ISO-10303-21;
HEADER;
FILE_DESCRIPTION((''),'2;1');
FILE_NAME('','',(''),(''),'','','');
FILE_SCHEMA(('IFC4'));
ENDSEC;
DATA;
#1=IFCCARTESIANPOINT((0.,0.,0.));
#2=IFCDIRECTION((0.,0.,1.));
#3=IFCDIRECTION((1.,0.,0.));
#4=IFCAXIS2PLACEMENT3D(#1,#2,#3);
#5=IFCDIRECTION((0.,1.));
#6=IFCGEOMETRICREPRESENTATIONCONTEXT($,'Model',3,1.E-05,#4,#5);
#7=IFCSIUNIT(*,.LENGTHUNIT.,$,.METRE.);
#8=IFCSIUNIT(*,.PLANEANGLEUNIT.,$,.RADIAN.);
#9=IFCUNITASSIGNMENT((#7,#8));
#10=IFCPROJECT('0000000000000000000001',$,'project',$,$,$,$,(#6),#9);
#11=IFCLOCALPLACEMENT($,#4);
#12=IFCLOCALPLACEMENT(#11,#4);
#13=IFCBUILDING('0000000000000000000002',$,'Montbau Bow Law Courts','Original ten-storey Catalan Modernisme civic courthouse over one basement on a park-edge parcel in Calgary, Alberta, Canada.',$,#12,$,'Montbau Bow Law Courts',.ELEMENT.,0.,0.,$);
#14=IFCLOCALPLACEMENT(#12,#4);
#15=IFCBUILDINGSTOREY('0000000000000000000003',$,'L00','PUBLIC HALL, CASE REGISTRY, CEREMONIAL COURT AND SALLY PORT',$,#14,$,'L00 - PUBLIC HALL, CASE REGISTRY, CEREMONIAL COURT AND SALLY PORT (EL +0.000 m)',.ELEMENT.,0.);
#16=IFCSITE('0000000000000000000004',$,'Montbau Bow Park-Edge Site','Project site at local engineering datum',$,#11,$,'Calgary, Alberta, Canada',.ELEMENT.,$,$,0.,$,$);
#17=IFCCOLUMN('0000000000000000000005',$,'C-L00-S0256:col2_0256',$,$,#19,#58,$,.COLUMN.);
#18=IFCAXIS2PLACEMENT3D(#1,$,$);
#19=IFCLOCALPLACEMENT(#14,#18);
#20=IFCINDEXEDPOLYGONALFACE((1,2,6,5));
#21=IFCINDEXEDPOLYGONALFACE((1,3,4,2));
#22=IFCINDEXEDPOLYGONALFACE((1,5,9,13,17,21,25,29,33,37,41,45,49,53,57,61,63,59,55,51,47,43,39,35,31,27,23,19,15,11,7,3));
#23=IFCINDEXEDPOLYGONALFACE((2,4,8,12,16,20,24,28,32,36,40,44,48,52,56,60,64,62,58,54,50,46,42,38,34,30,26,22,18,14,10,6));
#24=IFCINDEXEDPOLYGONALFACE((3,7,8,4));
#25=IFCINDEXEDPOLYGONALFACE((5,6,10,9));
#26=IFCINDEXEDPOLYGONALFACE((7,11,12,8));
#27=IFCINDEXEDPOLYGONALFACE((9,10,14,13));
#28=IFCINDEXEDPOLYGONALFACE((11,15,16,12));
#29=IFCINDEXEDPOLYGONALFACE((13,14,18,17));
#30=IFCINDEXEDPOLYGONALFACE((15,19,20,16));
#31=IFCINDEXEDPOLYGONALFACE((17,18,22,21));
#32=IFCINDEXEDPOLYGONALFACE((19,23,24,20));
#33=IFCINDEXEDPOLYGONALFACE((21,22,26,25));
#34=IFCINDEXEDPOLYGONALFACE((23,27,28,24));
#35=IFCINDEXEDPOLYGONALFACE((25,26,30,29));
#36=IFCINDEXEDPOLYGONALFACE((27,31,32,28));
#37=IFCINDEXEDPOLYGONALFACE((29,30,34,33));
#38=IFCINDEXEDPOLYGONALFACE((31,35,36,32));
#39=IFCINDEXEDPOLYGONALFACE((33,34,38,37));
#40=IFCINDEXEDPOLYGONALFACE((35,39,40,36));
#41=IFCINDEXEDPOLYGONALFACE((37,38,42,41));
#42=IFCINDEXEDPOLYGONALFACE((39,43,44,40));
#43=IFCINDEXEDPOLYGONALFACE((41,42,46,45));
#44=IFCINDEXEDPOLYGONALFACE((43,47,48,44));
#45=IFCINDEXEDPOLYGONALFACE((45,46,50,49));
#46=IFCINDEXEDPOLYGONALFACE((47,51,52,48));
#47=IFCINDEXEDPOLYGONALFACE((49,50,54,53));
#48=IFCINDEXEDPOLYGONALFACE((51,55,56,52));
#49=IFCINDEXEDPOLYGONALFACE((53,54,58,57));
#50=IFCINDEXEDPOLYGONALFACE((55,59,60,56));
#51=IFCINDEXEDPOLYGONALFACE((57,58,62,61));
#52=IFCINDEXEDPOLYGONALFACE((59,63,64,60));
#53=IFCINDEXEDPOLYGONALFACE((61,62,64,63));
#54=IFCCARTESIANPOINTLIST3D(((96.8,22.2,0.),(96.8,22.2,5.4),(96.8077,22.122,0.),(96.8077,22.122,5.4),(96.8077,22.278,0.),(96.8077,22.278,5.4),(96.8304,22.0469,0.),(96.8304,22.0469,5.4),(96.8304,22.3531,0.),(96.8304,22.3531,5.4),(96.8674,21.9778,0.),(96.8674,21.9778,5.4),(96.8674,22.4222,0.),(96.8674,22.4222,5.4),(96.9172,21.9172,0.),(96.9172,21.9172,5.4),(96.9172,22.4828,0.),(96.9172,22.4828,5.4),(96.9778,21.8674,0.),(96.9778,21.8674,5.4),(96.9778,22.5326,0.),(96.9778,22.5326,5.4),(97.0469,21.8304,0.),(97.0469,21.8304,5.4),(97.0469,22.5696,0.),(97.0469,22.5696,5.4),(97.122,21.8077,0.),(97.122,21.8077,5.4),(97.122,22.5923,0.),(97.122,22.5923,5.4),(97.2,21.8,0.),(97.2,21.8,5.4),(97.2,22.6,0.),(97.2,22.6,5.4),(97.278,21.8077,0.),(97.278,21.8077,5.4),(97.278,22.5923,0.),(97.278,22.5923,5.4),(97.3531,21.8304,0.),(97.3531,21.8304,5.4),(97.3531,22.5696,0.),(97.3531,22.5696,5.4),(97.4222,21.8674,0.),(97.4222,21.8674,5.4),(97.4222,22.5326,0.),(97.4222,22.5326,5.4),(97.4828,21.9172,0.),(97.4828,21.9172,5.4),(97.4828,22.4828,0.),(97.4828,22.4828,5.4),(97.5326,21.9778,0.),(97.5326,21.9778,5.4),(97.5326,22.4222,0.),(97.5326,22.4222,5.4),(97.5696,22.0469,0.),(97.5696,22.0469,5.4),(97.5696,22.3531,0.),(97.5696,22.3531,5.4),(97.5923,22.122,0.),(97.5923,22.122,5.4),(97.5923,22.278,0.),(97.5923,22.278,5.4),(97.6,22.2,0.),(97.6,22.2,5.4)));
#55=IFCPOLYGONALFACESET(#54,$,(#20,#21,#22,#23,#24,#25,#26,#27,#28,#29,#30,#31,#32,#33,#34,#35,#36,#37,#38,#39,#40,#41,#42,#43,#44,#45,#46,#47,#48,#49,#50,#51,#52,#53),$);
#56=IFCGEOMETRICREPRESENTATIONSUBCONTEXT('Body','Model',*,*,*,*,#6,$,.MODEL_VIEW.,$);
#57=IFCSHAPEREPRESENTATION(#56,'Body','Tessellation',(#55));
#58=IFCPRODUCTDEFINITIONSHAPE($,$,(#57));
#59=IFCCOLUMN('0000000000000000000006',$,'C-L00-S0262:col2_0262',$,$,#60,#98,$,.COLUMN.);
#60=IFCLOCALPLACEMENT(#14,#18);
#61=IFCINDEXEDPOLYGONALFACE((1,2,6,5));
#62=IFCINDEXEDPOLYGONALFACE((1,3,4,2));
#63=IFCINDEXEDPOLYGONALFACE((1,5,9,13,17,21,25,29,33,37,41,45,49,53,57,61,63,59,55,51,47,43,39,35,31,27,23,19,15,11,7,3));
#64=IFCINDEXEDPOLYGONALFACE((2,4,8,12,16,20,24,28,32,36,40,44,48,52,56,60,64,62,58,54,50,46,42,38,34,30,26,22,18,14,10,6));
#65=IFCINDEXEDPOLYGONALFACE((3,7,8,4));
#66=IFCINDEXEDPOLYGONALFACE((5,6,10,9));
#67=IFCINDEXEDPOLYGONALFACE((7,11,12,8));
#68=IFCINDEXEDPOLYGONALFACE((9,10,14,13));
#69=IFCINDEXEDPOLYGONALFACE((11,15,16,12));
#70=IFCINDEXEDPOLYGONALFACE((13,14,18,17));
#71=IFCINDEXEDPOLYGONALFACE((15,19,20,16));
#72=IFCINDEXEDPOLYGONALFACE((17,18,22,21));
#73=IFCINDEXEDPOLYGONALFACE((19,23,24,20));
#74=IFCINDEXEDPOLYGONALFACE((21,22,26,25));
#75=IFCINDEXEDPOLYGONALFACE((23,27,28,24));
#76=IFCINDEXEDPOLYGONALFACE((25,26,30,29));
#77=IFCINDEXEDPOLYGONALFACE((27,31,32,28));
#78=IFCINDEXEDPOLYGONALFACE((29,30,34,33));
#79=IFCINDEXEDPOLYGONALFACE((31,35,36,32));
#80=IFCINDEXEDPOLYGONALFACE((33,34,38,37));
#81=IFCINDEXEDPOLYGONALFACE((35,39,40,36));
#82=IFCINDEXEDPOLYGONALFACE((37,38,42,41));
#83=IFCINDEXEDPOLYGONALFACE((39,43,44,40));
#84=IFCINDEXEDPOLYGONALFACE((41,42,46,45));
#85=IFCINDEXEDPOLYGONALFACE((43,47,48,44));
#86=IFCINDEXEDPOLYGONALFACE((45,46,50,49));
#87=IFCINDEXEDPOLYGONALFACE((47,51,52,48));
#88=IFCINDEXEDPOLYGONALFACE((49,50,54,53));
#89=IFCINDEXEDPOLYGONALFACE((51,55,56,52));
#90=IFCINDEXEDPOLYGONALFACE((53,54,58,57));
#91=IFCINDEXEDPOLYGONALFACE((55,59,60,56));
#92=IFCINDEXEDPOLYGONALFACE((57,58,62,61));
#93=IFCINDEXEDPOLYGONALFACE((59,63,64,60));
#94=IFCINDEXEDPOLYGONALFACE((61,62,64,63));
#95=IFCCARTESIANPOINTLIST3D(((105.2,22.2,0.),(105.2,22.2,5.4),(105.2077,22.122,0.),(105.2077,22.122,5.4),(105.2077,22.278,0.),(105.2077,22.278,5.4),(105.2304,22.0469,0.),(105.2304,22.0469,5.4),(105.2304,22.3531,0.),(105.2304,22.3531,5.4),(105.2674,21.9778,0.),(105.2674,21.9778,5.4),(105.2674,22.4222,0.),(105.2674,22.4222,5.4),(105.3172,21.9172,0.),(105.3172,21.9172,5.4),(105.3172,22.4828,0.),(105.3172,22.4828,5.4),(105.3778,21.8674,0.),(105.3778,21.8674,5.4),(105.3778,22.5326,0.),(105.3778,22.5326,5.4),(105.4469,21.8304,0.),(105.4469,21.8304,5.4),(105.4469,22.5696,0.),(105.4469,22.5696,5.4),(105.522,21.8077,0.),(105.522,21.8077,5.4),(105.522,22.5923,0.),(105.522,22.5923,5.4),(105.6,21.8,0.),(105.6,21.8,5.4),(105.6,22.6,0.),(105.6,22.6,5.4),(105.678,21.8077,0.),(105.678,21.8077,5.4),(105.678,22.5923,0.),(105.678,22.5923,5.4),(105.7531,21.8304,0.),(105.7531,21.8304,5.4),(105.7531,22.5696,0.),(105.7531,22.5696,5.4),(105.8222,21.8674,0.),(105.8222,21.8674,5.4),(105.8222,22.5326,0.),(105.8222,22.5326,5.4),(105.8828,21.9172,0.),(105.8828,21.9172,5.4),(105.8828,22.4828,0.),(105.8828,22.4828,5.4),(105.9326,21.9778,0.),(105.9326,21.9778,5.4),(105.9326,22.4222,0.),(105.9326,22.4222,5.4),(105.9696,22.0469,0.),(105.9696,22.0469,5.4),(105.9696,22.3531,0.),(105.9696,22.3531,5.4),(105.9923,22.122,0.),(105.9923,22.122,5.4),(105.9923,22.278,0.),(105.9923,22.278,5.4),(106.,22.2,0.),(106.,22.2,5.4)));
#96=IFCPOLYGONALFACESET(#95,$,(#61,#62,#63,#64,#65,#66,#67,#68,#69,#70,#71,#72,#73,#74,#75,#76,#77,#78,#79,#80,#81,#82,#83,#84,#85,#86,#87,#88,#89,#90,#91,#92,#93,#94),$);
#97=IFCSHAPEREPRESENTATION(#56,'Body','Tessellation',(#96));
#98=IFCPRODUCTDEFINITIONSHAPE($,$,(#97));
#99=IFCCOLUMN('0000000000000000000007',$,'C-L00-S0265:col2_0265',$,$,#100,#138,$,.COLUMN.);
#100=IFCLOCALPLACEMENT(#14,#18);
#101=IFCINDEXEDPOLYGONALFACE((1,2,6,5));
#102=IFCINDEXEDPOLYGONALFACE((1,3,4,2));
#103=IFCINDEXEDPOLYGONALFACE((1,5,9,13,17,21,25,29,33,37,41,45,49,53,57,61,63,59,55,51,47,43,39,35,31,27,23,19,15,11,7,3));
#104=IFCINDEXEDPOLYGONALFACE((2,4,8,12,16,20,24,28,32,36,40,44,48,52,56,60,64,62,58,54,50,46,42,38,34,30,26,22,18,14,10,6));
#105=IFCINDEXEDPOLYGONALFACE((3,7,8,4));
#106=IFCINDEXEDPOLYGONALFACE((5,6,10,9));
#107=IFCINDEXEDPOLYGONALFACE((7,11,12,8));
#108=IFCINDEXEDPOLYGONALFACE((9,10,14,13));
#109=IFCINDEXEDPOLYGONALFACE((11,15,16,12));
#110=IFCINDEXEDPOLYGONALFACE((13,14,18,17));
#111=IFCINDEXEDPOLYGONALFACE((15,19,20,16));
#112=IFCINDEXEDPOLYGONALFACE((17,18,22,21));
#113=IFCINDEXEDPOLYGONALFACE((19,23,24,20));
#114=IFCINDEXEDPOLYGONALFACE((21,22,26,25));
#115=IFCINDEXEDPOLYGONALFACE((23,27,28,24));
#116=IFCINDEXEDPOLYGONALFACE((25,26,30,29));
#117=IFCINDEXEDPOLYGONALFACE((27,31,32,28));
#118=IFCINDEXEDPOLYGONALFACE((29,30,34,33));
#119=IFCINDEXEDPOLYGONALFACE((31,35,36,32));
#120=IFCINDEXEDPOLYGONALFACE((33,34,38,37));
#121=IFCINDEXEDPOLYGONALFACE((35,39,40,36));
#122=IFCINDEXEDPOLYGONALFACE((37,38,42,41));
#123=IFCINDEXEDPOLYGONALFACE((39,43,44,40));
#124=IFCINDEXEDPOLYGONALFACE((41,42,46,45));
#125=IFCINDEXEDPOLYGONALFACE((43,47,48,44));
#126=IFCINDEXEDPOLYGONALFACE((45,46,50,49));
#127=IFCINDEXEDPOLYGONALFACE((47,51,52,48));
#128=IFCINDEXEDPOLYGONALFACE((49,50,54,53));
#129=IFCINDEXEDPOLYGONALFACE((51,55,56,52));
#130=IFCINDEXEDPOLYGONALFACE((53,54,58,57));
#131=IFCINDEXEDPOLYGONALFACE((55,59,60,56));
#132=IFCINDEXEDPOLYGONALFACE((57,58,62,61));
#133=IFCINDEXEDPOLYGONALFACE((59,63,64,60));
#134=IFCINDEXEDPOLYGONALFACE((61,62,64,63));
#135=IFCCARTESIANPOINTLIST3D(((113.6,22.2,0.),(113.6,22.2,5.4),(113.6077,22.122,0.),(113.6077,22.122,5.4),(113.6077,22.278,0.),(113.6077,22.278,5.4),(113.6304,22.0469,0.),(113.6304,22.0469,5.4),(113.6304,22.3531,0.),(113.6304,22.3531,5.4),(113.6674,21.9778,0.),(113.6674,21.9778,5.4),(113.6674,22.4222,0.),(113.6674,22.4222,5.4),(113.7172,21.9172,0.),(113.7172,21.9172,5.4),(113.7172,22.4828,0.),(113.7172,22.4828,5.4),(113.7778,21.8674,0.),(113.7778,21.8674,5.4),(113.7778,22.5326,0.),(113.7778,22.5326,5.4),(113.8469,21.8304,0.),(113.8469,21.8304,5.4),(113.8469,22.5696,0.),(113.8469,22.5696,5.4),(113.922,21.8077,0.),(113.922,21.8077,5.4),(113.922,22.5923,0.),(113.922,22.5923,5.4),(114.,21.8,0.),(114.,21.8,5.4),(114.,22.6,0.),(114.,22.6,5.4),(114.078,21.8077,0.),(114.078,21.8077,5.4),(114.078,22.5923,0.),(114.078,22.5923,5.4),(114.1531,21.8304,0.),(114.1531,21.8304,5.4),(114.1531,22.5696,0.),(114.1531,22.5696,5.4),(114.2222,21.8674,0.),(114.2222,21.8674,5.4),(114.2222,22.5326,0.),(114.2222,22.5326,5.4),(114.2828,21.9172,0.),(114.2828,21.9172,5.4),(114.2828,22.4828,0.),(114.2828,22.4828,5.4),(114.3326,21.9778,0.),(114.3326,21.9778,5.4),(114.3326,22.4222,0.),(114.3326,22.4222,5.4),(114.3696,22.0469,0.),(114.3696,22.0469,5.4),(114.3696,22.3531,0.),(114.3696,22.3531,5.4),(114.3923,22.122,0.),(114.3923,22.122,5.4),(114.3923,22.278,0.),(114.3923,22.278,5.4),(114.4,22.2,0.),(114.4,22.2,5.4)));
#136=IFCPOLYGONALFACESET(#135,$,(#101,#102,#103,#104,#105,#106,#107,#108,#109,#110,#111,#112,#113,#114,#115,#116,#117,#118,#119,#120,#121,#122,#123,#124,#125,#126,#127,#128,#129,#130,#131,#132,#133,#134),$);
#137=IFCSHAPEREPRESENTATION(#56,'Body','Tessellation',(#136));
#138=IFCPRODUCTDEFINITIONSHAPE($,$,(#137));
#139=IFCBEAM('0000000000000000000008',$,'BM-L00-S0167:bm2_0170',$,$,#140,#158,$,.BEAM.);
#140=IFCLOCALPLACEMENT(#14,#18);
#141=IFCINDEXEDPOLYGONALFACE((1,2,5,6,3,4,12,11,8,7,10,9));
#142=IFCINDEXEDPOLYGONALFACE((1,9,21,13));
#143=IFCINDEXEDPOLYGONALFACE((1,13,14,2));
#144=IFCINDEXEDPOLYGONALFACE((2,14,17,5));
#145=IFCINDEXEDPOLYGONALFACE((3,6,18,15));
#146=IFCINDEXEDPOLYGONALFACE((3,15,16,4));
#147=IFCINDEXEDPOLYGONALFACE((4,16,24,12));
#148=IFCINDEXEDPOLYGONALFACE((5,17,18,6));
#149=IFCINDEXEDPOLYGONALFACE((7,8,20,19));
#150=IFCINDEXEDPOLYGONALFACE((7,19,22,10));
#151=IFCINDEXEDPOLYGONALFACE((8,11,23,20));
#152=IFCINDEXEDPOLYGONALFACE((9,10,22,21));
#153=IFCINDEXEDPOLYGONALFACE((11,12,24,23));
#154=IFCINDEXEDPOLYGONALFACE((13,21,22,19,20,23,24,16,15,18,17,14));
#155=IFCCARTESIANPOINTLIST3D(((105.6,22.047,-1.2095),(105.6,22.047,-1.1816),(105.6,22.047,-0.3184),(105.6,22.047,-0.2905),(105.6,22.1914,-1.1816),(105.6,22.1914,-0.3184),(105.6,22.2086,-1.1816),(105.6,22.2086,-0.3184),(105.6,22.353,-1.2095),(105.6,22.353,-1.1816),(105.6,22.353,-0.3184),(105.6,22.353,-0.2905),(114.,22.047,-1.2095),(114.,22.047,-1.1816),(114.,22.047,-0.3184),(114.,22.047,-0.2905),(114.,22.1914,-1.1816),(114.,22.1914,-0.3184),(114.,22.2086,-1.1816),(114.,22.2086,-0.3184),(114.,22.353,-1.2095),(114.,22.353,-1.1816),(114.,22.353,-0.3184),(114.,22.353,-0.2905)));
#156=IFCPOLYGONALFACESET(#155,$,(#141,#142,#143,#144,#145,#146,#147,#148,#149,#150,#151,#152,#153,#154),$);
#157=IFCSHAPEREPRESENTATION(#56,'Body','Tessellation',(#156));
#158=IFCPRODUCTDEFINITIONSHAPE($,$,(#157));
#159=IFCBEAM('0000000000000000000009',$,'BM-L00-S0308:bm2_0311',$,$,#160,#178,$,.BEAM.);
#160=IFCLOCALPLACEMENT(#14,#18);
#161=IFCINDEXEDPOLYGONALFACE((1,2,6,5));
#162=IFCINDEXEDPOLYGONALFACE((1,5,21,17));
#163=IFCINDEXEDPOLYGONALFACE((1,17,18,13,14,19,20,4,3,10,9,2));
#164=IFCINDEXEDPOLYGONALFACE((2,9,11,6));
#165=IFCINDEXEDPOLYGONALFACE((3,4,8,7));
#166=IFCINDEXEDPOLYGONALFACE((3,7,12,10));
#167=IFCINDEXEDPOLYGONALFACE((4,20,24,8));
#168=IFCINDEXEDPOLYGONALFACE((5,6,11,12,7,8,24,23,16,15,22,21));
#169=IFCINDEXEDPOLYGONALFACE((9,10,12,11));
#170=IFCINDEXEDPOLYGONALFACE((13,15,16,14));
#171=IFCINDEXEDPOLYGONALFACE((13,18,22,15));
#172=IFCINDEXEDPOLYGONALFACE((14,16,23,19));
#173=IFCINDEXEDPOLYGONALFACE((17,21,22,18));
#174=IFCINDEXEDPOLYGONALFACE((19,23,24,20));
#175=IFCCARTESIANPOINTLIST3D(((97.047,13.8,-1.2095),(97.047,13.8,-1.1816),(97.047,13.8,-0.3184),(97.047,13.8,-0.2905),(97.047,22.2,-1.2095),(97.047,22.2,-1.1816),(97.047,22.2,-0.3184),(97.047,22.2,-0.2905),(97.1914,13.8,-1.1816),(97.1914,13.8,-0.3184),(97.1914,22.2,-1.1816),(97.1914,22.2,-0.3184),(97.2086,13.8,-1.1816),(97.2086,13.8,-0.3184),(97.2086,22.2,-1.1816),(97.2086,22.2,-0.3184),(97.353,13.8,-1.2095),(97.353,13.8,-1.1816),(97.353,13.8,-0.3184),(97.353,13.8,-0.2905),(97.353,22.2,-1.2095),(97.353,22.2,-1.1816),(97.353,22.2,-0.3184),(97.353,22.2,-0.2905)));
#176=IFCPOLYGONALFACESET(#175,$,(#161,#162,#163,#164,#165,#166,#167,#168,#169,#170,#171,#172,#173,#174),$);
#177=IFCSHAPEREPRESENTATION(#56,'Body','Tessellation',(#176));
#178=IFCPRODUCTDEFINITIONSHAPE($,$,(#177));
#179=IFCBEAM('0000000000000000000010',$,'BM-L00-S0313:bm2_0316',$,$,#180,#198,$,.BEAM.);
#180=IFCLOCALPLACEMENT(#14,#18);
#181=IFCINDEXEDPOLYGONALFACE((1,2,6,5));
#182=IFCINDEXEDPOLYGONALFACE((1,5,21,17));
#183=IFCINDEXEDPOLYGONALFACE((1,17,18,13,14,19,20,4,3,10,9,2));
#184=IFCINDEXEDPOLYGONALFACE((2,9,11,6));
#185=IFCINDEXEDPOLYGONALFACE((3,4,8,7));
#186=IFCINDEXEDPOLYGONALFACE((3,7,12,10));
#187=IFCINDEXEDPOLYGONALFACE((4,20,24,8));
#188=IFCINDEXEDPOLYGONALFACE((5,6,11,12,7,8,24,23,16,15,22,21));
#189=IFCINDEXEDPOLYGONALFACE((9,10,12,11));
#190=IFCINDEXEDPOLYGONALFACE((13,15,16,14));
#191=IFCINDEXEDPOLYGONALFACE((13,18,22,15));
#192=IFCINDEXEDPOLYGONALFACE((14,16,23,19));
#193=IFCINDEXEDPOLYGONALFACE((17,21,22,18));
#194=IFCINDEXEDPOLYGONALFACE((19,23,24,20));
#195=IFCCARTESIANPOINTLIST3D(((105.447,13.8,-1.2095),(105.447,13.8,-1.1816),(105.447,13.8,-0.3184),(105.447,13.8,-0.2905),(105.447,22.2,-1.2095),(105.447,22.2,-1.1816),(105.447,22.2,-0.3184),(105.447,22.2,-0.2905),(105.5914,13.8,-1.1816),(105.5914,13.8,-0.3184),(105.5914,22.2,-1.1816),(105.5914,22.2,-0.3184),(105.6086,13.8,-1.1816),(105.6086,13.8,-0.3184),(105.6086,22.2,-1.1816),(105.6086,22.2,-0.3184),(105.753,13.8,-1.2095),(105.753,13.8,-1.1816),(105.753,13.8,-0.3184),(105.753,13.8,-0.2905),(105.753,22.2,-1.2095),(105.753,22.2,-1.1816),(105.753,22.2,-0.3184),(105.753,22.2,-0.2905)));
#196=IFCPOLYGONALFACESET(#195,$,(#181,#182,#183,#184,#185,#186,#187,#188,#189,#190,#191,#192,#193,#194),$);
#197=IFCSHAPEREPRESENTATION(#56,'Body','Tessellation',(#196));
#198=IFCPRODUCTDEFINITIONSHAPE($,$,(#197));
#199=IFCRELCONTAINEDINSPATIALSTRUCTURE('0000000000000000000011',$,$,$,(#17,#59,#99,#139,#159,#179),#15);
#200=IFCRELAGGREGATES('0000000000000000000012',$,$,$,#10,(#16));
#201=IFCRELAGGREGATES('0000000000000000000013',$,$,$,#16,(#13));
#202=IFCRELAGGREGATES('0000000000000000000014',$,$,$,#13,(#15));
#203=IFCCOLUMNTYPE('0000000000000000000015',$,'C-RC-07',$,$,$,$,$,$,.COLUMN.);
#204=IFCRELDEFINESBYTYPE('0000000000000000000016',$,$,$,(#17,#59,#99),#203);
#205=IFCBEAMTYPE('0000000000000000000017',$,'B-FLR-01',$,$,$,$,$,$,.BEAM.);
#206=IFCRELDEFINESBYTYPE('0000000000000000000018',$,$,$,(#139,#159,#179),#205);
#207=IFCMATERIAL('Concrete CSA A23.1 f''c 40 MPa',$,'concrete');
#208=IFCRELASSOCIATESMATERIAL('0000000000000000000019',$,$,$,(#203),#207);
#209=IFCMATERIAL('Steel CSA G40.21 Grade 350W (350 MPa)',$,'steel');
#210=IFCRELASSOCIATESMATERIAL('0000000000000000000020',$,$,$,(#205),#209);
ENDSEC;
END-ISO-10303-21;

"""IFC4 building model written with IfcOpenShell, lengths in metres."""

from ifc_helpers import new_model, si_unit, direction, frame, origin_with_axes, origin_2d_with_axis, place, context, subcontext, project, spatial, circle, i_section, extrude, material, material_profile, profile_set, type_object, element, save


model = new_model("IFC4")

# Units and contexts
model_context = context("Model", 3, precision=1e-05, world=origin_with_axes(), true_north=direction((0.0, 1.0)))
body_context = subcontext(model_context, "Body", "Model", "MODEL_VIEW")
ifc_project = project(units=[si_unit("LENGTHUNIT", "METRE"), si_unit("PLANEANGLEUNIT", "RADIAN")], contexts=[model_context])

# Site, building, storey
site_placement = place(None, origin_with_axes())
site = spatial("IfcSite", under=ifc_project, at=site_placement, Name="Montbau Bow Park-Edge Site", Description="Project site at local engineering datum", LongName="Calgary, Alberta, Canada", CompositionType="ELEMENT", RefElevation=0.0)
building_placement = place(site_placement, origin_with_axes())
building = spatial("IfcBuilding", under=site, at=building_placement, Name="Montbau Bow Law Courts", Description="Original ten-storey Catalan Modernisme civic courthouse over one basement on a park-edge parcel in Calgary, Alberta, Canada.", LongName="Montbau Bow Law Courts", CompositionType="ELEMENT", ElevationOfRefHeight=0.0, ElevationOfTerrain=0.0)
storey_placement = place(building_placement, origin_with_axes())
storey = spatial("IfcBuildingStorey", under=building, at=storey_placement, Name="L00", Description="PUBLIC HALL, CASE REGISTRY, CEREMONIAL COURT AND SALLY PORT", LongName="L00 - PUBLIC HALL, CASE REGISTRY, CEREMONIAL COURT AND SALLY PORT (EL +0.000 m)", CompositionType="ELEMENT", Elevation=0.0)

# Columns
ifc_material_1 = material(Name="Concrete CSA A23.1 f'c 40 MPa", Category="concrete")
ifc_material_profile_1 = material_profile(ifc_material_1, circle(Radius=0.4, at=origin_2d_with_axis()), Name="RC800D", Category="Main", Priority=0)
ifc_profile_set_1 = profile_set([ifc_material_profile_1], Name="Concrete CSA A23.1 f'c 40 MPa")
column_type = type_object("IfcColumnType", Name="C-RC-07", PredefinedType="COLUMN", material=ifc_profile_set_1)
for number, where, z_axis, x_axis, name in (
    (1, (97.2, 22.2, 0.0), (0.0, 0.0, 1.0), (1.0, 0.0, 0.0), "C-L00-S0256:col2_0256"),
    (2, (105.6, 22.2, 0.0), (0.0, 0.0, 1.0), (1.0, 0.0, 0.0), "C-L00-S0262:col2_0262"),
    (3, (114.0, 22.2, 0.0), (0.0, 0.0, 1.0), (1.0, 0.0, 0.0), "C-L00-S0265:col2_0265"),
):
    element("IfcColumn", number, at=place(None, frame(where, z_axis=z_axis, x_axis=x_axis)), inside=storey, type_object=column_type, Name=name, PredefinedType="COLUMN", context=body_context, shape_type="SweptSolid", body=[
        extrude(circle(Radius=0.4, at=origin_2d_with_axis()), origin_with_axes(), (0.0, 0.0, 1.0), 5.4),
    ])

# Beams
ifc_material_2 = material(Name="Steel CSA G40.21 Grade 350W (350 MPa)", Category="steel")
ifc_material_profile_2 = material_profile(ifc_material_2, i_section(OverallWidth=0.306, OverallDepth=0.919, WebThickness=0.0173, FlangeThickness=0.0279, at=origin_2d_with_axis()), Name="W920X253", Category="Main", Priority=0)
ifc_profile_set_2 = profile_set([ifc_material_profile_2], Name="Steel CSA G40.21 Grade 350W (350 MPa)")
beam_type_1 = type_object("IfcBeamType", Name="B-FLR-01", PredefinedType="BEAM", material=ifc_profile_set_2)
for number, where, z_axis, x_axis, name in (
    (4, (105.6, 22.2, -0.75), (1.0, 0.0, 0.0), (0.0, 1.0, 0.0), "BM-L00-S0167:bm2_0170"),
    (5, (97.2, 13.8, -0.75), (0.0, 1.0, 0.0), (-1.0, 0.0, 0.0), "BM-L00-S0308:bm2_0311"),
    (6, (105.6, 13.8, -0.75), (0.0, 1.0, 0.0), (-1.0, 0.0, 0.0), "BM-L00-S0313:bm2_0316"),
):
    element("IfcBeam", number, at=place(None, frame(where, z_axis=z_axis, x_axis=x_axis)), inside=storey, type_object=beam_type_1, Name=name, PredefinedType="BEAM", context=body_context, shape_type="SweptSolid", body=[
        extrude(i_section(OverallWidth=0.306, OverallDepth=0.919, WebThickness=0.0173, FlangeThickness=0.0279, at=origin_2d_with_axis()), origin_with_axes(), (0.0, 0.0, 1.0), 8.4),
    ])

save(model, "model.ifc")
